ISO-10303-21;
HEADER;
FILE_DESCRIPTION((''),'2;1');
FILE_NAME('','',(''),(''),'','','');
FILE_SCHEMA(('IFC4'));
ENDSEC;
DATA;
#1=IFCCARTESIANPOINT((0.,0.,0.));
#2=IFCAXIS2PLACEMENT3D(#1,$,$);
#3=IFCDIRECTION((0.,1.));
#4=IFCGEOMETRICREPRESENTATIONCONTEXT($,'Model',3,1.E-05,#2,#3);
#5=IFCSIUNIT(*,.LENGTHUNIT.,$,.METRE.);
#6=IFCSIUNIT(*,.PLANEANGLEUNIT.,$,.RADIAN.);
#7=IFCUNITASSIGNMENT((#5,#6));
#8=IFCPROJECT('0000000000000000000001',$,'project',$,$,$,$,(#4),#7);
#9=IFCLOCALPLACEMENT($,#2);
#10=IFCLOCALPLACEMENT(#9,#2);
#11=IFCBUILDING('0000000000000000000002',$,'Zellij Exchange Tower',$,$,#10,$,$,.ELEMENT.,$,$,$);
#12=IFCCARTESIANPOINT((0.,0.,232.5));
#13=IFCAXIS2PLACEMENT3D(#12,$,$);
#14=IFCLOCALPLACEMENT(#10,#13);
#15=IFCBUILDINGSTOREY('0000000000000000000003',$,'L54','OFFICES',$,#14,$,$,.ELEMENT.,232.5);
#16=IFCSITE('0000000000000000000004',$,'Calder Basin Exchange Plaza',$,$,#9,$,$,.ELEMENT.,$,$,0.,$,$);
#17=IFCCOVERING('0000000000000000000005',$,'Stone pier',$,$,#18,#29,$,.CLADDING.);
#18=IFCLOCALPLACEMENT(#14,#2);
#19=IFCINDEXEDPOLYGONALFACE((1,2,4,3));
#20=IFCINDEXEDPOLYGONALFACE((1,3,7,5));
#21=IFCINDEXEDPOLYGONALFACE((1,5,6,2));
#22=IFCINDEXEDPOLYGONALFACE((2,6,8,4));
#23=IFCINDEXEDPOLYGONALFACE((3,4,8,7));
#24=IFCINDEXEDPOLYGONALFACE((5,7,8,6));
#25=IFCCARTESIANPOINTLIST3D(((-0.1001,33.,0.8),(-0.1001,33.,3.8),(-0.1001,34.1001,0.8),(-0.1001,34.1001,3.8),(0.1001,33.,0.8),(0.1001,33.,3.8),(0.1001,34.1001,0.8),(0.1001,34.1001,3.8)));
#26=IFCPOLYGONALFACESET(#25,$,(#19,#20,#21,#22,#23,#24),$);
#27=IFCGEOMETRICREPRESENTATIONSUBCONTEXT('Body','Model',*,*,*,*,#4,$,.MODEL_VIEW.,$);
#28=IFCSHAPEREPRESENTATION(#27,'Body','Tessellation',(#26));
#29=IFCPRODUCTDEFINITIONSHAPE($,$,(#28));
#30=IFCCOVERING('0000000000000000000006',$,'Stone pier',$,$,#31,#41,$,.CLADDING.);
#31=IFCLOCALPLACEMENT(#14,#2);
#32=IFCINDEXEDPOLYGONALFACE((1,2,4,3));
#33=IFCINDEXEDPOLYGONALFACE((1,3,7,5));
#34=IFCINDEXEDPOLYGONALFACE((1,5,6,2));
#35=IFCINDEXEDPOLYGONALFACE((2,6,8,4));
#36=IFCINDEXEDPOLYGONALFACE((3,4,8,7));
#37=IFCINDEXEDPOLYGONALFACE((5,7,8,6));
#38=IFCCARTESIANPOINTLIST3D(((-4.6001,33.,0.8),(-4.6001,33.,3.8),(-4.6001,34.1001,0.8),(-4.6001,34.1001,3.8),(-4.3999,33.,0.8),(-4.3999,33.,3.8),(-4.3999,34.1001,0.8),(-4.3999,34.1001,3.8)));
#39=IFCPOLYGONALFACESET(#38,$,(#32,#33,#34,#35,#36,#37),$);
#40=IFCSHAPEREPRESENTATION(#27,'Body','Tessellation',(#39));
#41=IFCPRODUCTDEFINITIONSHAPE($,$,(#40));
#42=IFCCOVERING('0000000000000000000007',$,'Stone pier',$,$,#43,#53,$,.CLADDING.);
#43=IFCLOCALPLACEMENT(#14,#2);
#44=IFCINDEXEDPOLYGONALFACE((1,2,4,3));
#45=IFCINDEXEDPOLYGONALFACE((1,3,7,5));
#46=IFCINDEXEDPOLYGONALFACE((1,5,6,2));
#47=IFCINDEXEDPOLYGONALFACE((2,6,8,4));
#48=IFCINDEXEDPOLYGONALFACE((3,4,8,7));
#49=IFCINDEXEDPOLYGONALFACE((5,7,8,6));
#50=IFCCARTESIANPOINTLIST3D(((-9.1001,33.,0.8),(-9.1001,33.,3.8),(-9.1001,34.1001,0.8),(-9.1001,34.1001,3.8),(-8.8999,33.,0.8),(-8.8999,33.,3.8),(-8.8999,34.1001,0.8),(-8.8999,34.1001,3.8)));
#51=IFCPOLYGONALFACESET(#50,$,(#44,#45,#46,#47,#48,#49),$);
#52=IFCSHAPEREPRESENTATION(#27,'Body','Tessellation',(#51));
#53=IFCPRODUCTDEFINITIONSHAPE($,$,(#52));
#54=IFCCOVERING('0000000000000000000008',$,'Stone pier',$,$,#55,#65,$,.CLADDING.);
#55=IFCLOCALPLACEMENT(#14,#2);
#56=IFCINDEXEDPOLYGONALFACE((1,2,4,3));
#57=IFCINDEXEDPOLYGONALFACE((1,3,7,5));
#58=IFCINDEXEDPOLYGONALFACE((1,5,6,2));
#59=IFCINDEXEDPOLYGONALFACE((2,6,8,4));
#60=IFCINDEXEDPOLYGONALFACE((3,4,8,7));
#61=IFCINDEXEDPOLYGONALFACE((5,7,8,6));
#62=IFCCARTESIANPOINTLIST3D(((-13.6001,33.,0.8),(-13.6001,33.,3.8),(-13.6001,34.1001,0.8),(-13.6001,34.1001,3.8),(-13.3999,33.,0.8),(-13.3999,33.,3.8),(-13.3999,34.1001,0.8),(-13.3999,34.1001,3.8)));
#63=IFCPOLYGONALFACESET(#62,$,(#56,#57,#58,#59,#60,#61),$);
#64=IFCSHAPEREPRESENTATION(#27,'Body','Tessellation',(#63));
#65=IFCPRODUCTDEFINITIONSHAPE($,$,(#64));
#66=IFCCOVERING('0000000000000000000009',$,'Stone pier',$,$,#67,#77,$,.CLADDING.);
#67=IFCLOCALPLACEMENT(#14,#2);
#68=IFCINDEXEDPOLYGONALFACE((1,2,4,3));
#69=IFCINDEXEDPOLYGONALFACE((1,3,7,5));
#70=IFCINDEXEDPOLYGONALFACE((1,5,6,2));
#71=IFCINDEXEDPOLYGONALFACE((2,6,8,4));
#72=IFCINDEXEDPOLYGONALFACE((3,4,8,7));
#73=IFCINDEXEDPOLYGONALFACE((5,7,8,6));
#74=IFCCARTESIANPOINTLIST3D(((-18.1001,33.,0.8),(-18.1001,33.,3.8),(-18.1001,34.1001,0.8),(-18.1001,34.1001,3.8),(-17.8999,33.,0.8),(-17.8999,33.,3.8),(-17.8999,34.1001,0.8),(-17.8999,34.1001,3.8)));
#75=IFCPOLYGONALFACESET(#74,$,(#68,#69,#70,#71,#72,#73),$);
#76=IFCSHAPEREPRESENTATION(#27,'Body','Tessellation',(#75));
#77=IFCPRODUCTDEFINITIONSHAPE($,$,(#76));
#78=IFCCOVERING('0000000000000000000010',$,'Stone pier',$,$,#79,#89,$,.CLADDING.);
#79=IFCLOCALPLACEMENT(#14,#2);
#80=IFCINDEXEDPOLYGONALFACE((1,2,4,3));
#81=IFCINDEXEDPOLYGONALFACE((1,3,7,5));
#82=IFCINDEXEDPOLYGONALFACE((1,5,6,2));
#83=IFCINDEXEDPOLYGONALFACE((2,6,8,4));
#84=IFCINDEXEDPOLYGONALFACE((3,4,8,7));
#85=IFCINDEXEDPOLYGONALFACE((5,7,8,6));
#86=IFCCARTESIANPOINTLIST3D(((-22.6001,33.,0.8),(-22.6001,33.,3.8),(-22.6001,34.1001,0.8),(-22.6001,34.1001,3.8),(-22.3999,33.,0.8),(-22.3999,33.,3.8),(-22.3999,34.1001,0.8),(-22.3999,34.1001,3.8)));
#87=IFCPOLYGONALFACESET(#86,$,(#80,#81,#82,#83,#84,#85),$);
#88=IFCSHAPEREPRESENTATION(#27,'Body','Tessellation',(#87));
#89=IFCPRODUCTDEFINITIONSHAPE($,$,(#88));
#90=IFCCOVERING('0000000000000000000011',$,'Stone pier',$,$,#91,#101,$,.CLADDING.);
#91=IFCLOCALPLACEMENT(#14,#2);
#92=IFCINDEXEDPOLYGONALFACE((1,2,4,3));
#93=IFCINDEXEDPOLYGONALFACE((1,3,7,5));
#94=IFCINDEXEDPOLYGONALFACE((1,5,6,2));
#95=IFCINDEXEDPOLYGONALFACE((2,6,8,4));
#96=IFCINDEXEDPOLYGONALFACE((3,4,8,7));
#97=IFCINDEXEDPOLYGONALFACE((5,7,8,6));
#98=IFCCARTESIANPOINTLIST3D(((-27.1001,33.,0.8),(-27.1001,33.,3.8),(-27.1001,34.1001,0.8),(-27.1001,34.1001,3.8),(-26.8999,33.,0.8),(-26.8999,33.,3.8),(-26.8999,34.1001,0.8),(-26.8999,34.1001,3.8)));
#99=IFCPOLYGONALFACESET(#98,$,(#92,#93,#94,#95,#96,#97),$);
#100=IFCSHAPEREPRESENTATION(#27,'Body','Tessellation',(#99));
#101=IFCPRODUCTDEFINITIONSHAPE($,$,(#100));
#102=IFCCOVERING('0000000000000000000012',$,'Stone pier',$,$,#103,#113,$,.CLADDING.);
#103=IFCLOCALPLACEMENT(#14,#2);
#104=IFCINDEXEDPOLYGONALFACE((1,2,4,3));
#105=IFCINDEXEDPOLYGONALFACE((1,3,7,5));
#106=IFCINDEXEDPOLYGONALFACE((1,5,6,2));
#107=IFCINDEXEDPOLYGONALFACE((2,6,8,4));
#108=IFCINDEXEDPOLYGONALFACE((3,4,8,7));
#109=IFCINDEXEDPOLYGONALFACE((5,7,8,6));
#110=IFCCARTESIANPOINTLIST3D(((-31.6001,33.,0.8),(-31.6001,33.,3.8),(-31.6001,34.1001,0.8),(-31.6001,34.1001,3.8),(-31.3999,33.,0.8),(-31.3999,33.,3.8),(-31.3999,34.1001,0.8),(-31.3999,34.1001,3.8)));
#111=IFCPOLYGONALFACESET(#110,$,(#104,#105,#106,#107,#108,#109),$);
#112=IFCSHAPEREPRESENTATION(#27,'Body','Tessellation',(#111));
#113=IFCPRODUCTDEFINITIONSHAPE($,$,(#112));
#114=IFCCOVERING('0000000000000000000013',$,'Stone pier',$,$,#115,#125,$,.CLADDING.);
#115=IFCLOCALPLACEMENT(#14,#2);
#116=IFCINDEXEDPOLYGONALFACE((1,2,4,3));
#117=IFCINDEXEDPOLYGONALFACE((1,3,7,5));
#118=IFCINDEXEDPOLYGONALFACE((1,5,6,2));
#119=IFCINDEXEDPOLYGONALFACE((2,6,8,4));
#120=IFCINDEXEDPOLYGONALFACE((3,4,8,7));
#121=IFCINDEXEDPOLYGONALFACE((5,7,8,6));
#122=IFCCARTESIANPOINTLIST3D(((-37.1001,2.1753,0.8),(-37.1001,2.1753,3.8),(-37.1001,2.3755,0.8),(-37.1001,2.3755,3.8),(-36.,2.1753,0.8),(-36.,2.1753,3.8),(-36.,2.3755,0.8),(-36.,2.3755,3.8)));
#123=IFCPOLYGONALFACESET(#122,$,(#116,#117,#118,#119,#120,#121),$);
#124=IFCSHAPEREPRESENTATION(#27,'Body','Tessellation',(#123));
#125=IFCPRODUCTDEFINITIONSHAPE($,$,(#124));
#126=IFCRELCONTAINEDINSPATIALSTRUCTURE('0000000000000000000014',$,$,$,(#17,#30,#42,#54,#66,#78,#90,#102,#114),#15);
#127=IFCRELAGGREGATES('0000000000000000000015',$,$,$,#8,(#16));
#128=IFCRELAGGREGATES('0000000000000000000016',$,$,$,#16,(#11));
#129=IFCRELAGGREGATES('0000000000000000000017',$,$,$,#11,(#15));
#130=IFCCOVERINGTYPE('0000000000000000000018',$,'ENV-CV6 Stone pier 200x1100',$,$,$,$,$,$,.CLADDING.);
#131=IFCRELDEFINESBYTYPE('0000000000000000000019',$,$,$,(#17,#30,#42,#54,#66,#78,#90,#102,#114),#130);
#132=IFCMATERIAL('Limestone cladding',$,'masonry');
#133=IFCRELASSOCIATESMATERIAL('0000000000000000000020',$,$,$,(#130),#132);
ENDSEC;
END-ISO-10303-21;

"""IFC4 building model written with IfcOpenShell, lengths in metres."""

from ifc_helpers import new_model, si_unit, direction, frame, origin, place, context, subcontext, project, spatial, polyline, outline, extrude, material, type_object, element, save


model = new_model("IFC4")

# Units and contexts
model_context = context("Model", 3, precision=1e-05, world=origin(), true_north=direction((0.0, 1.0)))
body_context = subcontext(model_context, "Body", "Model", "MODEL_VIEW")
ifc_project = project(units=[si_unit("LENGTHUNIT", "METRE"), si_unit("PLANEANGLEUNIT", "RADIAN")], contexts=[model_context])

# Site, building, storey
site_placement = place(None, origin())
site = spatial("IfcSite", under=ifc_project, at=site_placement, Name="Calder Basin Exchange Plaza", CompositionType="ELEMENT", RefElevation=0.0)
building_placement = place(site_placement, origin())
building = spatial("IfcBuilding", under=site, at=building_placement, Name="Zellij Exchange Tower", CompositionType="ELEMENT")
storey_placement = place(building_placement, frame((0.0, 0.0, 232.5)))
storey = spatial("IfcBuildingStorey", under=building, at=storey_placement, Name="L54", Description="OFFICES", CompositionType="ELEMENT", Elevation=232.5)

# Coverings
ifc_material = material(Name="Limestone cladding", Category="masonry")
covering_type_1 = type_object("IfcCoveringType", Name="ENV-CV6 Stone pier 200x1100", PredefinedType="CLADDING", material=ifc_material)
covering_1_placement = place(storey_placement, frame((0.0, 0.0, 0.8)))
element("IfcCovering", 1, at=covering_1_placement, inside=storey, type_object=covering_type_1, Name="Stone pier", PredefinedType="CLADDING", context=body_context, shape_type="SweptSolid", body=[
    extrude(outline(polyline([(0.1001, 33.0), (-0.1001, 33.0), (-0.1001, 34.1001), (0.1001, 34.1001), (0.1001, 33.0)])), origin(), (0.0, 0.0, 1.0), 3.0),
])
covering_2_placement = place(storey_placement, frame((0.0, 0.0, 0.8)))
element("IfcCovering", 2, at=covering_2_placement, inside=storey, type_object=covering_type_1, Name="Stone pier", PredefinedType="CLADDING", context=body_context, shape_type="SweptSolid", body=[
    extrude(outline(polyline([(-4.3999, 33.0), (-4.6001, 33.0), (-4.6001, 34.1001), (-4.3999, 34.1001), (-4.3999, 33.0)])), origin(), (0.0, 0.0, 1.0), 3.0),
])
covering_3_placement = place(storey_placement, frame((0.0, 0.0, 0.8)))
element("IfcCovering", 3, at=covering_3_placement, inside=storey, type_object=covering_type_1, Name="Stone pier", PredefinedType="CLADDING", context=body_context, shape_type="SweptSolid", body=[
    extrude(outline(polyline([(-8.8999, 33.0), (-9.1001, 33.0), (-9.1001, 34.1001), (-8.8999, 34.1001), (-8.8999, 33.0)])), origin(), (0.0, 0.0, 1.0), 3.0),
])
covering_4_placement = place(storey_placement, frame((0.0, 0.0, 0.8)))
element("IfcCovering", 4, at=covering_4_placement, inside=storey, type_object=covering_type_1, Name="Stone pier", PredefinedType="CLADDING", context=body_context, shape_type="SweptSolid", body=[
    extrude(outline(polyline([(-13.3999, 33.0), (-13.6001, 33.0), (-13.6001, 34.1001), (-13.3999, 34.1001), (-13.3999, 33.0)])), origin(), (0.0, 0.0, 1.0), 3.0),
])
covering_5_placement = place(storey_placement, frame((0.0, 0.0, 0.8)))
element("IfcCovering", 5, at=covering_5_placement, inside=storey, type_object=covering_type_1, Name="Stone pier", PredefinedType="CLADDING", context=body_context, shape_type="SweptSolid", body=[
    extrude(outline(polyline([(-17.8999, 33.0), (-18.1001, 33.0), (-18.1001, 34.1001), (-17.8999, 34.1001), (-17.8999, 33.0)])), origin(), (0.0, 0.0, 1.0), 3.0),
])
covering_6_placement = place(storey_placement, frame((0.0, 0.0, 0.8)))
element("IfcCovering", 6, at=covering_6_placement, inside=storey, type_object=covering_type_1, Name="Stone pier", PredefinedType="CLADDING", context=body_context, shape_type="SweptSolid", body=[
    extrude(outline(polyline([(-22.3999, 33.0), (-22.6001, 33.0), (-22.6001, 34.1001), (-22.3999, 34.1001), (-22.3999, 33.0)])), origin(), (0.0, 0.0, 1.0), 3.0),
])
covering_7_placement = place(storey_placement, frame((0.0, 0.0, 0.8)))
element("IfcCovering", 7, at=covering_7_placement, inside=storey, type_object=covering_type_1, Name="Stone pier", PredefinedType="CLADDING", context=body_context, shape_type="SweptSolid", body=[
    extrude(outline(polyline([(-26.8999, 33.0), (-27.1001, 33.0), (-27.1001, 34.1001), (-26.8999, 34.1001), (-26.8999, 33.0)])), origin(), (0.0, 0.0, 1.0), 3.0),
])
covering_8_placement = place(storey_placement, frame((0.0, 0.0, 0.8)))
element("IfcCovering", 8, at=covering_8_placement, inside=storey, type_object=covering_type_1, Name="Stone pier", PredefinedType="CLADDING", context=body_context, shape_type="SweptSolid", body=[
    extrude(outline(polyline([(-31.3999, 33.0), (-31.6001, 33.0), (-31.6001, 34.1001), (-31.3999, 34.1001), (-31.3999, 33.0)])), origin(), (0.0, 0.0, 1.0), 3.0),
])
covering_9_placement = place(storey_placement, frame((0.0, 0.0, 0.8)))
element("IfcCovering", 9, at=covering_9_placement, inside=storey, type_object=covering_type_1, Name="Stone pier", PredefinedType="CLADDING", context=body_context, shape_type="SweptSolid", body=[
    extrude(outline(polyline([(-36.0, 2.3755), (-36.0, 2.1753), (-37.1001, 2.1753), (-37.1001, 2.3755), (-36.0, 2.3755)])), origin(), (0.0, 0.0, 1.0), 3.0),
])

save(model, "model.ifc")
